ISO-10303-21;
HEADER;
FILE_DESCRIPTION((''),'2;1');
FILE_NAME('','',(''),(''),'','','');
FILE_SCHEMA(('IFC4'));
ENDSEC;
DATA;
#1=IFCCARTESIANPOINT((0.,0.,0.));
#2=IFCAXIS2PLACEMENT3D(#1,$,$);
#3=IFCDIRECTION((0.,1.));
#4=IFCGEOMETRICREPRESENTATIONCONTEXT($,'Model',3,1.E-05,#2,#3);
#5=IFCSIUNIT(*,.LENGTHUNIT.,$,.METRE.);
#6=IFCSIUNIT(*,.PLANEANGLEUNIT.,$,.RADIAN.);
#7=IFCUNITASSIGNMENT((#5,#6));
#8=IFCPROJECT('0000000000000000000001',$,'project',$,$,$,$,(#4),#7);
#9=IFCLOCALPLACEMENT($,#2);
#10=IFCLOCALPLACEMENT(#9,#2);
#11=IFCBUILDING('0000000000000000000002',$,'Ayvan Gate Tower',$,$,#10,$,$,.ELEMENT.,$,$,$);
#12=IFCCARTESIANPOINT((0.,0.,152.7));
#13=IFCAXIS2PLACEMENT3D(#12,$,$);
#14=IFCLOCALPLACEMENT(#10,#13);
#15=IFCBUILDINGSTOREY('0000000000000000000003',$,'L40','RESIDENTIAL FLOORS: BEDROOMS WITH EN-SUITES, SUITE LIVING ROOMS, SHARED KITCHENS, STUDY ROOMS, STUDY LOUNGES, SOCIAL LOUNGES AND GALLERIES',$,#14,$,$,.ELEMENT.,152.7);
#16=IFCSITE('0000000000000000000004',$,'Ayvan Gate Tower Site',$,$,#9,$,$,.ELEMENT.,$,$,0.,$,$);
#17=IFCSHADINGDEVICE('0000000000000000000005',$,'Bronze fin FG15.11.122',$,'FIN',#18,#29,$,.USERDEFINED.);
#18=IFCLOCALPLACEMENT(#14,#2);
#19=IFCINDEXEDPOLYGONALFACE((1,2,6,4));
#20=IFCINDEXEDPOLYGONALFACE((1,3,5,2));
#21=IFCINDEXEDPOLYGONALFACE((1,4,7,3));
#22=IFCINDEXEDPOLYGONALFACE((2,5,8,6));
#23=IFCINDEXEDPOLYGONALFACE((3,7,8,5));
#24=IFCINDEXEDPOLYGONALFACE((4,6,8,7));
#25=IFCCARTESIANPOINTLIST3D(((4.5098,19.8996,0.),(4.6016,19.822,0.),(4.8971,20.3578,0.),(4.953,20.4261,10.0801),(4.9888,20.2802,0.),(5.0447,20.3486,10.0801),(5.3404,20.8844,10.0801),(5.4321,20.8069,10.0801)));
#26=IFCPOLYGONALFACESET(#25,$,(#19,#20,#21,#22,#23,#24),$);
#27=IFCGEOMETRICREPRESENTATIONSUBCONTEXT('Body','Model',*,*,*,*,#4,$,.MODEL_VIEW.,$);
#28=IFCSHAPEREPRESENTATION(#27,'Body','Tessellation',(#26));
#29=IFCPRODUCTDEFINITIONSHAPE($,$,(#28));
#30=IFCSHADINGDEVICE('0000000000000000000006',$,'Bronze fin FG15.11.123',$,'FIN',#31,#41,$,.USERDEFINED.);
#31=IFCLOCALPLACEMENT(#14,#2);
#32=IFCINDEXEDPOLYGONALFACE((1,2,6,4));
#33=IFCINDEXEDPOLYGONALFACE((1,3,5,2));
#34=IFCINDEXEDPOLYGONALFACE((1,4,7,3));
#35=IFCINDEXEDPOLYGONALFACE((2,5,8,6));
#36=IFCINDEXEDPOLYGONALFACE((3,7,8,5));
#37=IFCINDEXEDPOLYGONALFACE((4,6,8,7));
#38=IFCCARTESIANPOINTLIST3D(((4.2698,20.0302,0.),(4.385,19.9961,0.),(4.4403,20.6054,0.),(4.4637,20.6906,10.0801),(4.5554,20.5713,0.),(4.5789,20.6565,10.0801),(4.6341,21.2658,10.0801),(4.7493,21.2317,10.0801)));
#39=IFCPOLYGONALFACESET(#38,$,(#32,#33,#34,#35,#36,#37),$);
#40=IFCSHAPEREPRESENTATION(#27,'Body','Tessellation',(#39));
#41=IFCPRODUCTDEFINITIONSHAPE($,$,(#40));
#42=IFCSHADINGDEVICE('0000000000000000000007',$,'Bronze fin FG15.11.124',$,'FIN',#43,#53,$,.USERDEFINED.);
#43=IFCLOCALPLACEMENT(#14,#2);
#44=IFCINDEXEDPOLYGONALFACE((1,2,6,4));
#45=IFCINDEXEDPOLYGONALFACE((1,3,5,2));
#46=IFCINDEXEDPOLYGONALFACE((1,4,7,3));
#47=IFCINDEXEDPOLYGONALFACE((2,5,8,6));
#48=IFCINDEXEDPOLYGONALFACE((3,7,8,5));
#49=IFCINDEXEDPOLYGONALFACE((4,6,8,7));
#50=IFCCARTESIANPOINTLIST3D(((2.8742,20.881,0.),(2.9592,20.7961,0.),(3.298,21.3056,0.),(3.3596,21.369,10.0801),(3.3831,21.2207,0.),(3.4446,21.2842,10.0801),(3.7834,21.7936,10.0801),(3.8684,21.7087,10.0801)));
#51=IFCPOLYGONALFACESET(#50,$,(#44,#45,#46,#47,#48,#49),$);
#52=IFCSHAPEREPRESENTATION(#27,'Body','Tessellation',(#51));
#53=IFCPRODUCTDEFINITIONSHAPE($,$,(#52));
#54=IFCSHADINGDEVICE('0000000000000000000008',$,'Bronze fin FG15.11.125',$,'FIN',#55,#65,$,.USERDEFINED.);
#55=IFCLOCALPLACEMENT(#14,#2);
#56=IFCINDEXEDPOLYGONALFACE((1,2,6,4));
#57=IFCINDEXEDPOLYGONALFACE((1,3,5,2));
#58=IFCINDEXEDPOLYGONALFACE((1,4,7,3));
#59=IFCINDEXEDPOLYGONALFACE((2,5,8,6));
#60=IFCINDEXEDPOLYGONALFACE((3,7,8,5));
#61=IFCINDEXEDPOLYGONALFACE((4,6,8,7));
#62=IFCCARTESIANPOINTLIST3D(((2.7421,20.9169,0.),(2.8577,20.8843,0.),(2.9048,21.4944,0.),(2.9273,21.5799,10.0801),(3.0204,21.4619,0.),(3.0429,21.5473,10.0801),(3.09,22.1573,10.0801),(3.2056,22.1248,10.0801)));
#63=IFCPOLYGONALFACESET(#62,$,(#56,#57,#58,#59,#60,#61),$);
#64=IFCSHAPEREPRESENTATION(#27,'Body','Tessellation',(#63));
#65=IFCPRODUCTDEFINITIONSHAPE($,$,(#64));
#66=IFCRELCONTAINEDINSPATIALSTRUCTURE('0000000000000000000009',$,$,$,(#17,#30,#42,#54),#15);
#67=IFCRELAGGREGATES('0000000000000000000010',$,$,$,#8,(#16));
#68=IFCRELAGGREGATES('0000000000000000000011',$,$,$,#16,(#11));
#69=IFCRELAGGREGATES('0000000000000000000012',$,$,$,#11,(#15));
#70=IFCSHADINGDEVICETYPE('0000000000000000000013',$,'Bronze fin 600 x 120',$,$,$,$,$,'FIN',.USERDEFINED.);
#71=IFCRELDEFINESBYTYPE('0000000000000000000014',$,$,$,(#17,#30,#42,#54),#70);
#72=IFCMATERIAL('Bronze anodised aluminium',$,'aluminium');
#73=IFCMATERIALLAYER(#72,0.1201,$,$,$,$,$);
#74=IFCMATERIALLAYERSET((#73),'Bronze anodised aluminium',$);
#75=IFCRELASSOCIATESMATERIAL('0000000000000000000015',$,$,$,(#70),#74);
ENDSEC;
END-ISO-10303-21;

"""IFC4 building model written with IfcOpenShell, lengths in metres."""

from ifc_helpers import new_model, si_unit, direction, frame, origin, place, context, subcontext, project, spatial, polyline, outline, extrude, material, layer, layer_set, type_object, element, save


model = new_model("IFC4")

# Units and contexts
model_context = context("Model", 3, precision=1e-05, world=origin(), true_north=direction((0.0, 1.0)))
body_context = subcontext(model_context, "Body", "Model", "MODEL_VIEW")
ifc_project = project(units=[si_unit("LENGTHUNIT", "METRE"), si_unit("PLANEANGLEUNIT", "RADIAN")], contexts=[model_context])

# Site, building, storey
site_placement = place(None, origin())
site = spatial("IfcSite", under=ifc_project, at=site_placement, Name="Ayvan Gate Tower Site", CompositionType="ELEMENT", RefElevation=0.0)
building_placement = place(site_placement, origin())
building = spatial("IfcBuilding", under=site, at=building_placement, Name="Ayvan Gate Tower", CompositionType="ELEMENT")
storey_placement = place(building_placement, frame((0.0, 0.0, 152.7)))
storey = spatial("IfcBuildingStorey", under=building, at=storey_placement, Name="L40", Description="RESIDENTIAL FLOORS: BEDROOMS WITH EN-SUITES, SUITE LIVING ROOMS, SHARED KITCHENS, STUDY ROOMS, STUDY LOUNGES, SOCIAL LOUNGES AND GALLERIES", CompositionType="ELEMENT", Elevation=152.7)

# Shared definitions
ifc_material_1 = material(Name="Bronze anodised aluminium", Category="aluminium")

# Shading devices
ifc_layer_1 = layer(ifc_material_1, 0.1201)
ifc_layer_set_1 = layer_set([ifc_layer_1], Name="Bronze anodised aluminium")
shading_device_type = type_object("IfcShadingDeviceType", Name="Bronze fin 600 x 120", ElementType="FIN", PredefinedType="USERDEFINED", material=ifc_layer_set_1)
shading_device_1_placement = place(storey_placement, frame((4.6016, 19.822, 0.0), z_axis=(0.763733, -0.645532, 0.000142), x_axis=(0.645532, 0.763733, 0.0)))
element("IfcShadingDevice", 1, at=shading_device_1_placement, inside=storey, type_object=shading_device_type, Name="Bronze fin FG15.11.122", ObjectType="FIN", PredefinedType="USERDEFINED", context=body_context, shape_type="SweptSolid", body=[
    extrude(outline(polyline([(0.0, 0.0), (0.5999, 0.0), (1.2883, 10.0801), (0.6882, 10.0801), (0.0, 0.0)])), origin(), (0.0, 0.0, -1.0), 0.1201),
])
shading_device_2_placement = place(storey_placement, frame((4.385, 19.9961, 0.0), z_axis=(0.958806, -0.284061, 0.000172), x_axis=(0.284061, 0.958806, 0.0)))
element("IfcShadingDevice", 2, at=shading_device_2_placement, inside=storey, type_object=shading_device_type, Name="Bronze fin FG15.11.123", ObjectType="FIN", PredefinedType="USERDEFINED", context=body_context, shape_type="SweptSolid", body=[
    extrude(outline(polyline([(0.0, 0.0), (0.5999, 0.0), (1.2882, 10.0801), (0.6883, 10.0801), (0.0, 0.0)])), origin(), (0.0, 0.0, -1.0), 0.1201),
])
shading_device_3_placement = place(storey_placement, frame((2.9592, 20.7961, 0.0), z_axis=(0.707717, -0.706496, 0.000129), x_axis=(0.706496, 0.707717, 0.0)))
element("IfcShadingDevice", 3, at=shading_device_3_placement, inside=storey, type_object=shading_device_type, Name="Bronze fin FG15.11.124", ObjectType="FIN", PredefinedType="USERDEFINED", context=body_context, shape_type="SweptSolid", body=[
    extrude(outline(polyline([(0.0, 0.0), (0.5999, 0.0), (1.2882, 10.0801), (0.6883, 10.0801), (0.0, 0.0)])), origin(), (0.0, 0.0, -1.0), 0.1201),
])
shading_device_4_placement = place(storey_placement, frame((2.8577, 20.8843, 0.0), z_axis=(0.962523, -0.271199, 0.000154), x_axis=(0.271199, 0.962523, 0.0)))
element("IfcShadingDevice", 4, at=shading_device_4_placement, inside=storey, type_object=shading_device_type, Name="Bronze fin FG15.11.125", ObjectType="FIN", PredefinedType="USERDEFINED", context=body_context, shape_type="SweptSolid", body=[
    extrude(outline(polyline([(0.0, 0.0), (0.6001, 0.0), (1.2883, 10.0801), (0.6884, 10.0801), (0.0, 0.0)])), origin(), (0.0, 0.0, -1.0), 0.1201),
])

save(model, "model.ifc")
